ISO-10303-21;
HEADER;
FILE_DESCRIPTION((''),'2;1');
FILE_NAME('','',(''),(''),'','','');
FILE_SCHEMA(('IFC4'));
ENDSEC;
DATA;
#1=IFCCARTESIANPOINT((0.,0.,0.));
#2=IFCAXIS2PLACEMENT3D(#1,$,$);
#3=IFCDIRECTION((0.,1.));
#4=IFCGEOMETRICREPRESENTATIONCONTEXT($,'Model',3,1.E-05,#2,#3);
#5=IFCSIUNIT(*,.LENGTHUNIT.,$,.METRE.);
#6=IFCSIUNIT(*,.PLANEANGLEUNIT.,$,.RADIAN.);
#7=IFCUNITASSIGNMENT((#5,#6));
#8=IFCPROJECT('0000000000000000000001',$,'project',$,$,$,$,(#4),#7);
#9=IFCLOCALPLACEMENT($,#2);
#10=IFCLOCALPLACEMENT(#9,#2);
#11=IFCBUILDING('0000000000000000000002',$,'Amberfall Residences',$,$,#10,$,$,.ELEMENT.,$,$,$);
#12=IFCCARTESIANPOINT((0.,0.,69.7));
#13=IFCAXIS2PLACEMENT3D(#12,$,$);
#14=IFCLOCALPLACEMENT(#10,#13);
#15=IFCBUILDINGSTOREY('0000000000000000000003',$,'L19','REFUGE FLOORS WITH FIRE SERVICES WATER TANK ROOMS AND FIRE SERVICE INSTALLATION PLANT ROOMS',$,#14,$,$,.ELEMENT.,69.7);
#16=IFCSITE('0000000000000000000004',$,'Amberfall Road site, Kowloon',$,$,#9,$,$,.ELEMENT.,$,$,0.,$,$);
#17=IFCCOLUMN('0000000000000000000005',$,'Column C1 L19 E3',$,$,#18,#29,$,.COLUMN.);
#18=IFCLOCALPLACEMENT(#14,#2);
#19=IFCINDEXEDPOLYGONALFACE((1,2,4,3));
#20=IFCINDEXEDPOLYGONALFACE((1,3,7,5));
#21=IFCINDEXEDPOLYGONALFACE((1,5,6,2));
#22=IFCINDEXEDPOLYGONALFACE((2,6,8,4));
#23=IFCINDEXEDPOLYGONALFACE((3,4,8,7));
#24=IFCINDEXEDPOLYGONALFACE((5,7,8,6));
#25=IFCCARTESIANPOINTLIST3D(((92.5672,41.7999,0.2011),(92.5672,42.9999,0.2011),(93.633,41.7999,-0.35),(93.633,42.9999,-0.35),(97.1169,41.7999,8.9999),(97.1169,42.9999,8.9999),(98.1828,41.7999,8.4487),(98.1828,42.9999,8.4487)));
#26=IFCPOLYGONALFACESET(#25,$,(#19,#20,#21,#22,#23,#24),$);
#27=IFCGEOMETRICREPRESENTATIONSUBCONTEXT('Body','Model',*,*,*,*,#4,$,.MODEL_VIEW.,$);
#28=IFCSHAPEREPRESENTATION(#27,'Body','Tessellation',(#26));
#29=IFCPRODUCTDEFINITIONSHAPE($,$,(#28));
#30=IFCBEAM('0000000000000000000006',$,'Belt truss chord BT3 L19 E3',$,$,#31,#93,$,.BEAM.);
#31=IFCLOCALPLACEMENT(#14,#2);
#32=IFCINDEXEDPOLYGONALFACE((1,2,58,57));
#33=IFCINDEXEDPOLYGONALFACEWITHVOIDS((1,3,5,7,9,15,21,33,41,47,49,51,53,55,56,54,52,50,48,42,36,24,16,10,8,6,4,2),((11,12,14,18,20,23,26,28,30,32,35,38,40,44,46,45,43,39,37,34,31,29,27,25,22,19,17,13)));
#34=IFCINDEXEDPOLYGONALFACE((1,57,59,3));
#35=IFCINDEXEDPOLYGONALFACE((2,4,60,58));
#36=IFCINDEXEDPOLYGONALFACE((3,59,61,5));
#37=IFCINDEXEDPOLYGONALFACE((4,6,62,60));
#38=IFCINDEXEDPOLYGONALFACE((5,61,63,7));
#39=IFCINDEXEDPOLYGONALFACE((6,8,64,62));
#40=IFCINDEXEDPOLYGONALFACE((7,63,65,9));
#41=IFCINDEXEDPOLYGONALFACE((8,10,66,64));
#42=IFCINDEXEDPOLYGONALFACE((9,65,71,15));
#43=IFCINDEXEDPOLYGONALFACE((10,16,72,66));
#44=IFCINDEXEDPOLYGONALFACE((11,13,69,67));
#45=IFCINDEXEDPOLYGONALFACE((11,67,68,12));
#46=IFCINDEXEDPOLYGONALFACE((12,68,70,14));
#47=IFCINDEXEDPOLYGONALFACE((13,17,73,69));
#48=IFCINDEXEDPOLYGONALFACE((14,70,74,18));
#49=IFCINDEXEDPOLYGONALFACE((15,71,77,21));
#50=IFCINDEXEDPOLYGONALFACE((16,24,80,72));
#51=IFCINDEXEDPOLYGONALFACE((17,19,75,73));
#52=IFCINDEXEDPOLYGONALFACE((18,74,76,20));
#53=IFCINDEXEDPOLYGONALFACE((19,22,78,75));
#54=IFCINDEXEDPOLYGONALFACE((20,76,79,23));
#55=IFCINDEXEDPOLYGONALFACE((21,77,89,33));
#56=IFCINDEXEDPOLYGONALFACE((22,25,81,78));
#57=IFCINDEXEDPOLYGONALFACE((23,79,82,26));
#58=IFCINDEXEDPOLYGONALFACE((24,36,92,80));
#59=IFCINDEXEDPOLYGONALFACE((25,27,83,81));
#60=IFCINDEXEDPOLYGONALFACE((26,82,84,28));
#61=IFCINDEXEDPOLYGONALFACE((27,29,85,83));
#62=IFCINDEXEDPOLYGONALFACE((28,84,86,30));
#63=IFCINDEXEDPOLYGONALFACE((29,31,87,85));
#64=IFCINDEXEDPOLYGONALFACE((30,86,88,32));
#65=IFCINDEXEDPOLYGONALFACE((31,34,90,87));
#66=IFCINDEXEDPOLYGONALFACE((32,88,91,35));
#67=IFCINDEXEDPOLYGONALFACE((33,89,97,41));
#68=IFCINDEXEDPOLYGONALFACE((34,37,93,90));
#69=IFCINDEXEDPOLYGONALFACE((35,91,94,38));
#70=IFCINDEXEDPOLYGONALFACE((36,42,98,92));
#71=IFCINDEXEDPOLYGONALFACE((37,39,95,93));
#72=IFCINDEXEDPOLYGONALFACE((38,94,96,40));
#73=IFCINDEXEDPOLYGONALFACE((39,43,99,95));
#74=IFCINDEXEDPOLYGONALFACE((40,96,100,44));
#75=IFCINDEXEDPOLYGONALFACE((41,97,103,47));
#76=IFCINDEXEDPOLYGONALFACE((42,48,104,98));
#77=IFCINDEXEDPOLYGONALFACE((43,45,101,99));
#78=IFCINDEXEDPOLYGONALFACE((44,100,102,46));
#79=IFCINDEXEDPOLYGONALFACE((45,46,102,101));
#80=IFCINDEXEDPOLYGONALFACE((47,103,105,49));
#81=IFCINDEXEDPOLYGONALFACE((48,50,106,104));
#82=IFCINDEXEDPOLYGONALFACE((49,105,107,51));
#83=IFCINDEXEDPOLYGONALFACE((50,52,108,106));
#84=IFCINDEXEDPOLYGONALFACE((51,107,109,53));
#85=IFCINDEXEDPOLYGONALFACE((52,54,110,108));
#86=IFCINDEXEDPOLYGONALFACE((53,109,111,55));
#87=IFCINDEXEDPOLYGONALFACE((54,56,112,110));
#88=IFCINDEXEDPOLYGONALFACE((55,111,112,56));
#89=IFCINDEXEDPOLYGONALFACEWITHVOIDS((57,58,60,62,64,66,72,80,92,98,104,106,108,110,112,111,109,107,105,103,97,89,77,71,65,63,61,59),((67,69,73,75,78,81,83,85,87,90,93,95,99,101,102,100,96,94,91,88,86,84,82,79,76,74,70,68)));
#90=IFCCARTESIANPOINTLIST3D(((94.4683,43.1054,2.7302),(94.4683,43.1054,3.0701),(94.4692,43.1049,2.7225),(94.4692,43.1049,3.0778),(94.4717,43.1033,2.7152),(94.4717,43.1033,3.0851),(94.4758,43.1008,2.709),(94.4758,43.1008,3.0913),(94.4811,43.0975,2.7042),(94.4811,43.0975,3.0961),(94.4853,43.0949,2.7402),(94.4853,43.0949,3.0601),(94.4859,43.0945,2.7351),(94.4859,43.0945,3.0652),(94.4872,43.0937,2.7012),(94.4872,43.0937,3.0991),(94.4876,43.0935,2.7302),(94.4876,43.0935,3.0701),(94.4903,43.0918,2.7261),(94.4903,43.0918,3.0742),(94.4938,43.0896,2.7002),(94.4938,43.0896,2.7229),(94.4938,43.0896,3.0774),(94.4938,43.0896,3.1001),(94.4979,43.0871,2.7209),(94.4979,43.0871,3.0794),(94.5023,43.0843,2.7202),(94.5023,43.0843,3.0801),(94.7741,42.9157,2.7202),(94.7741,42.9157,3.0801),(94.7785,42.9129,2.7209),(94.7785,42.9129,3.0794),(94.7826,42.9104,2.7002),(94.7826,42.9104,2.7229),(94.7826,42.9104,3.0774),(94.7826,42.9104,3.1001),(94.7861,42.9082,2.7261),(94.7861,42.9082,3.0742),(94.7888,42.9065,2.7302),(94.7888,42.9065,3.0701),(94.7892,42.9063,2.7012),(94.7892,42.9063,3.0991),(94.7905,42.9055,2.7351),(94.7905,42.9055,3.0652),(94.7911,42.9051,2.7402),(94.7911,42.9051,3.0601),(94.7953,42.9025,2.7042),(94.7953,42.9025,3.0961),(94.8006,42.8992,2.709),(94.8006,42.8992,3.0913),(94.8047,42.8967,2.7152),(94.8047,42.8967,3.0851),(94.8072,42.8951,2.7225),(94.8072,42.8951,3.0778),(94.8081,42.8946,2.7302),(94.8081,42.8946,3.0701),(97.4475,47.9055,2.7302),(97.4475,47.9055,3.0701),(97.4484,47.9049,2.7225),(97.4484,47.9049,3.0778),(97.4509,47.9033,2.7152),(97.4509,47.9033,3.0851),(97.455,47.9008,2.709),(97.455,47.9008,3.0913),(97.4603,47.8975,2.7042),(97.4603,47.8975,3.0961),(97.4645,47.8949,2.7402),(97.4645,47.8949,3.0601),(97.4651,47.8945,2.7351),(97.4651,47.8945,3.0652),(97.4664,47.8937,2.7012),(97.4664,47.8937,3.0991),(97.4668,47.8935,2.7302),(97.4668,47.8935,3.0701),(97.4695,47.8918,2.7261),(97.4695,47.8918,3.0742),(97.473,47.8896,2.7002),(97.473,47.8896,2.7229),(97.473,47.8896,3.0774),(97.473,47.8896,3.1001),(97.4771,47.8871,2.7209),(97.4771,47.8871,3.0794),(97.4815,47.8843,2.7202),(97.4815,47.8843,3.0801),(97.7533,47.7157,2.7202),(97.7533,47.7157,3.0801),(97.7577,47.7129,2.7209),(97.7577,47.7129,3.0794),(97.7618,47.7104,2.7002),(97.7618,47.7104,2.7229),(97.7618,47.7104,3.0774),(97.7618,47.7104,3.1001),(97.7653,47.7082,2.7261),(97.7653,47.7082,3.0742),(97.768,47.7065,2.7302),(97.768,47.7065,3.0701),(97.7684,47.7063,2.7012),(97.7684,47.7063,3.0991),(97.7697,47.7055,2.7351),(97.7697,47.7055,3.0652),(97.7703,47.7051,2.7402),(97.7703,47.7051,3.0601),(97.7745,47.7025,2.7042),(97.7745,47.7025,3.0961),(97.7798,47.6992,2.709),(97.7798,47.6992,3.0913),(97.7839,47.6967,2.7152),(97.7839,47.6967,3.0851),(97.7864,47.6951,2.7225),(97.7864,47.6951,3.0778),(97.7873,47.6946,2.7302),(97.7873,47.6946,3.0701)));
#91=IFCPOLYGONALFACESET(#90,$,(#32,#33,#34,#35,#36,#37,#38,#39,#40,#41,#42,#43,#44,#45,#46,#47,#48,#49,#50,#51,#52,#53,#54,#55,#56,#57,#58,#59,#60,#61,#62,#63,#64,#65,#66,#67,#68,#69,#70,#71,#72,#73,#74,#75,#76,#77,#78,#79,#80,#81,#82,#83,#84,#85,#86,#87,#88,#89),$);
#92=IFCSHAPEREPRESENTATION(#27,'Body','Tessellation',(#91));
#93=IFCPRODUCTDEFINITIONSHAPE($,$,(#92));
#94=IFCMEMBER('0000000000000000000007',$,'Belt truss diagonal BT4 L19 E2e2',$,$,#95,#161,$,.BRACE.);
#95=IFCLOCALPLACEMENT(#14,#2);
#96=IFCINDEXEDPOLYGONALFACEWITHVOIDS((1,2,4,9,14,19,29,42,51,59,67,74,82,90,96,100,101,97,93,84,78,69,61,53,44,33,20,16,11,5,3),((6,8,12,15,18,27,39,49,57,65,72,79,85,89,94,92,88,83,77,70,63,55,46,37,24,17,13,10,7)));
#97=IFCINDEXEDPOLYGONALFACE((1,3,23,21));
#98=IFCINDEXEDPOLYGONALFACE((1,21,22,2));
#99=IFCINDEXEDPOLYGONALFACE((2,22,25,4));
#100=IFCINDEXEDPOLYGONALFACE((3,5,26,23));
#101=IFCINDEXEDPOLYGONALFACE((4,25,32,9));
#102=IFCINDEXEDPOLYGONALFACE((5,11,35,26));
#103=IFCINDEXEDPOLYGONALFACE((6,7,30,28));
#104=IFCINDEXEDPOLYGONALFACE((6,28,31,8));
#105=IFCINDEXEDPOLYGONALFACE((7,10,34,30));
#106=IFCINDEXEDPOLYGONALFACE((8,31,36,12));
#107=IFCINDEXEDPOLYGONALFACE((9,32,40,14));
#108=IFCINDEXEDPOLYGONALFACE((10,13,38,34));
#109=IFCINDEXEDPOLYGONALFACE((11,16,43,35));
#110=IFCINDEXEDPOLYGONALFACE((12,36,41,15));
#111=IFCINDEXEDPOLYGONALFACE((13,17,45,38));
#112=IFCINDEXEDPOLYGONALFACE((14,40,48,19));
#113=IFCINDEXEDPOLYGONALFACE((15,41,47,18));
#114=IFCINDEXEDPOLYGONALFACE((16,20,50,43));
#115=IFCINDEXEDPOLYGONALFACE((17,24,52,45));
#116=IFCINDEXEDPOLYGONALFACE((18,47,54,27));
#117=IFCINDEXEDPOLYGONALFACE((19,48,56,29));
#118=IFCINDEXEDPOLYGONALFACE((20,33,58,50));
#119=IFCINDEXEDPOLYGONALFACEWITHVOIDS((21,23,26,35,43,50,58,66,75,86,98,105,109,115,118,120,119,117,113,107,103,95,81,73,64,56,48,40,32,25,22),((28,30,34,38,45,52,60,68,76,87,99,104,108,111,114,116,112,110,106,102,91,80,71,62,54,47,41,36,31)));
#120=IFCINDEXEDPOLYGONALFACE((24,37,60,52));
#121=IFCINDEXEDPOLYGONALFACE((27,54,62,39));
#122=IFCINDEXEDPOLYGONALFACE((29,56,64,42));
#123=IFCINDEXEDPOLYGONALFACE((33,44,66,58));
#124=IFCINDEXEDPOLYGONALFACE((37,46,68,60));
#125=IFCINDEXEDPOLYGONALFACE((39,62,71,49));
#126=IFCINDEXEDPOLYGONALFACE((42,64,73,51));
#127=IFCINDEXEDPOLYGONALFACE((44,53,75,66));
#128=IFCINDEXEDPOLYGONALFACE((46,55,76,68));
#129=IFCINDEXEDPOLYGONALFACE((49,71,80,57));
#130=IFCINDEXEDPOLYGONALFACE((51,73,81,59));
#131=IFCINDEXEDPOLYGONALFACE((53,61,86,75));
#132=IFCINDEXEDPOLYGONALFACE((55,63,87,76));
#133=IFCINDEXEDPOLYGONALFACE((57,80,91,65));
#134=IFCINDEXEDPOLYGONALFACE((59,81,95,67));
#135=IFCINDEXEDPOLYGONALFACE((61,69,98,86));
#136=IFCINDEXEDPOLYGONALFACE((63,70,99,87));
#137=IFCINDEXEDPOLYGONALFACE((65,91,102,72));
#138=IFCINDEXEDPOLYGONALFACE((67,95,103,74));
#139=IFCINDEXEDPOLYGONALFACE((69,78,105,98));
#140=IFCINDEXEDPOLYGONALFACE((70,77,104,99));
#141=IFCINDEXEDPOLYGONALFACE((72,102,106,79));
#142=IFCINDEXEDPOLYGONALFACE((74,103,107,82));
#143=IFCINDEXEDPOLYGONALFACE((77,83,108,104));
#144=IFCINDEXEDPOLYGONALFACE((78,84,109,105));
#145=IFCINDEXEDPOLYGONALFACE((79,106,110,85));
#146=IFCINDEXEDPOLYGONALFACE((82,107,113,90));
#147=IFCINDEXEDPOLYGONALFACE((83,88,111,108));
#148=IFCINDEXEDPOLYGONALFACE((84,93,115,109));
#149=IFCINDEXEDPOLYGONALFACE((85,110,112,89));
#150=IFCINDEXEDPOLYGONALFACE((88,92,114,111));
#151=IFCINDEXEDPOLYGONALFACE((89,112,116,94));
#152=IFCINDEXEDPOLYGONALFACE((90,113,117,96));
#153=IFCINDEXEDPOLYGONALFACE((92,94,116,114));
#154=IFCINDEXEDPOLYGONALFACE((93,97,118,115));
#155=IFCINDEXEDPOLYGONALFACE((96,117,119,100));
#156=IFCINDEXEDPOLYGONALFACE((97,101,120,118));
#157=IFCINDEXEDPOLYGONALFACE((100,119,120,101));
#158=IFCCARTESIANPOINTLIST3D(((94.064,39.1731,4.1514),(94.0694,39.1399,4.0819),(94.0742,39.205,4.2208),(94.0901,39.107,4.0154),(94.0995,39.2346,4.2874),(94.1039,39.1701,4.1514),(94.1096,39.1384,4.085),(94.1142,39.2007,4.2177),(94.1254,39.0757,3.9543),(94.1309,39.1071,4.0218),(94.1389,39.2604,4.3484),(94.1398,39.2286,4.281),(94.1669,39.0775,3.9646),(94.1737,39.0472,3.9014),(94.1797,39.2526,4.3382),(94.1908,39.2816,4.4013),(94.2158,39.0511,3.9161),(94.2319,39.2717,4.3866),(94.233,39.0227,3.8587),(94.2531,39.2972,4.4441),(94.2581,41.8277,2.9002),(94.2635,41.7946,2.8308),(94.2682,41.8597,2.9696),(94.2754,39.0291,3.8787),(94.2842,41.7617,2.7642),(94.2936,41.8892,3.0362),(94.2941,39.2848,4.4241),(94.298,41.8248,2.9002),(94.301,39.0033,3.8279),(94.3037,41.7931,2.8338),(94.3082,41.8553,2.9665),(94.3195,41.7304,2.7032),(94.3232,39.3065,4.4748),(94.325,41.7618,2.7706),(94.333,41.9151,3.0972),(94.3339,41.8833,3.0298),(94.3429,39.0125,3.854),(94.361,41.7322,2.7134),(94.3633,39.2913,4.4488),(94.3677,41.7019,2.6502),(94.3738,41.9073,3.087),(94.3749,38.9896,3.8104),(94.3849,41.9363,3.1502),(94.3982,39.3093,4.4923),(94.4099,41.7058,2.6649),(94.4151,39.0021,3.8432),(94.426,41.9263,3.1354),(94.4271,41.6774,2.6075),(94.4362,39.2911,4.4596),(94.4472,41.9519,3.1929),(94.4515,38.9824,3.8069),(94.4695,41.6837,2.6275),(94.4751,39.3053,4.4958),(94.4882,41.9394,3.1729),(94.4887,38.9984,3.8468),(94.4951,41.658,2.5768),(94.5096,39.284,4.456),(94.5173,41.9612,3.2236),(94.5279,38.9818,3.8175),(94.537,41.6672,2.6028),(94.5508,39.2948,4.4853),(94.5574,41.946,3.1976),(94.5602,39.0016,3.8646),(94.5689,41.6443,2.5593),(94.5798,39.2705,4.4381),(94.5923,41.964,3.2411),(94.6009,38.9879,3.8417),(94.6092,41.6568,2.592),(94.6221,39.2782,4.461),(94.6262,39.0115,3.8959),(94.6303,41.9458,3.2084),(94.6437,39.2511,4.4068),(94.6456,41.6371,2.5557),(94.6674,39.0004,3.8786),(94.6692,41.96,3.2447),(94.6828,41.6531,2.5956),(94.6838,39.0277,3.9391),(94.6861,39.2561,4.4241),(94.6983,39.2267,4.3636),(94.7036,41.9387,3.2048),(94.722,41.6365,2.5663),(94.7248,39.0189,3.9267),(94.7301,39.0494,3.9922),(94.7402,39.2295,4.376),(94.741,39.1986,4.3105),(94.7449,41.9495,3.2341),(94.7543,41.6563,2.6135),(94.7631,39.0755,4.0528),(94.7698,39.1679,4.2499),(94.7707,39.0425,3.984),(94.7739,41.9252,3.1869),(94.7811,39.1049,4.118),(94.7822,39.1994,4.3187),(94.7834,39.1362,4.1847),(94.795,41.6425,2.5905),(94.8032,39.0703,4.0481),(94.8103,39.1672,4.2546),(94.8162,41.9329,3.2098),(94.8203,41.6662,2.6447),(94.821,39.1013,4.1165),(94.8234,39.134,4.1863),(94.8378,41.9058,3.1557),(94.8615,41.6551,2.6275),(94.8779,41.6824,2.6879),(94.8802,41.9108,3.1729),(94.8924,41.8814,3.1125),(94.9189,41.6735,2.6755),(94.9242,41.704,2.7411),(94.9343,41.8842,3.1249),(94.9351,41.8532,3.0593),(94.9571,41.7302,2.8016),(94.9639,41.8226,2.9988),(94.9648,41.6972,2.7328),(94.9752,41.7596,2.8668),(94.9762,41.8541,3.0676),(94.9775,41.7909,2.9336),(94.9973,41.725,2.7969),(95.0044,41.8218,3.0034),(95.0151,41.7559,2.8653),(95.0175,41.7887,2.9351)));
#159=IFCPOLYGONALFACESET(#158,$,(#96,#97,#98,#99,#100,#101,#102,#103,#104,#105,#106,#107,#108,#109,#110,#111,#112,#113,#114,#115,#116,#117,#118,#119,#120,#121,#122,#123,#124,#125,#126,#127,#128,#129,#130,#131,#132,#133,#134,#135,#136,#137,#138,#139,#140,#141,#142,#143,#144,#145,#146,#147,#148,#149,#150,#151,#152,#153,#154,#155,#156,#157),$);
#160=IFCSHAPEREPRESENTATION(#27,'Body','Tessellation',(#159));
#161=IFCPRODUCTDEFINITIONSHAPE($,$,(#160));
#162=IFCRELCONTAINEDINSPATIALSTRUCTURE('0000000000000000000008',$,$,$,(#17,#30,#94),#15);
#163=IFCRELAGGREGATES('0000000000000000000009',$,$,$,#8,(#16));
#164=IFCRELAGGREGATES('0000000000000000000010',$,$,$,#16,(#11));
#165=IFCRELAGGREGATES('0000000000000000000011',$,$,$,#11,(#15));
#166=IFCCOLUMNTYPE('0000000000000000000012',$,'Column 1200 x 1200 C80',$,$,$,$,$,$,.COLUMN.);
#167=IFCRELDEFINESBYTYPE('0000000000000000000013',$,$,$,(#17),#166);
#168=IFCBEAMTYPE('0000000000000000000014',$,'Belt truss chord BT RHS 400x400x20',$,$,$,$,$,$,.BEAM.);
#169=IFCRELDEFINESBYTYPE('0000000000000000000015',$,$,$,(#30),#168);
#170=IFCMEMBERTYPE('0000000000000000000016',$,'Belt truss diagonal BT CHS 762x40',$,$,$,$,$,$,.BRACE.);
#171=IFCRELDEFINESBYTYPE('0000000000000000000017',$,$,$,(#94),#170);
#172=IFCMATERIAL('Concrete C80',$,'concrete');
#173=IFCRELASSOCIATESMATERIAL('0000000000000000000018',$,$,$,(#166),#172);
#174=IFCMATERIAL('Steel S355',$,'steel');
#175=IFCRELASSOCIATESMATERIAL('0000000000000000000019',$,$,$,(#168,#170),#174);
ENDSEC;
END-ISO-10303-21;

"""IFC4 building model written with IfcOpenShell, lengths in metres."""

from ifc_helpers import new_model, si_unit, direction, frame, origin, origin_2d, place, context, subcontext, project, spatial, rectangle, hollow_rectangle, hollow_circle, extrude, material, material_profile, profile_set, type_object, element, save


model = new_model("IFC4")

# Units and contexts
model_context = context("Model", 3, precision=1e-05, world=origin(), true_north=direction((0.0, 1.0)))
body_context = subcontext(model_context, "Body", "Model", "MODEL_VIEW")
ifc_project = project(units=[si_unit("LENGTHUNIT", "METRE"), si_unit("PLANEANGLEUNIT", "RADIAN")], contexts=[model_context])

# Site, building, storey
site_placement = place(None, origin())
site = spatial("IfcSite", under=ifc_project, at=site_placement, Name="Amberfall Road site, Kowloon", CompositionType="ELEMENT", RefElevation=0.0)
building_placement = place(site_placement, origin())
building = spatial("IfcBuilding", under=site, at=building_placement, Name="Amberfall Residences", CompositionType="ELEMENT")
storey_placement = place(building_placement, frame((0.0, 0.0, 69.7)))
storey = spatial("IfcBuildingStorey", under=building, at=storey_placement, Name="L19", Description="REFUGE FLOORS WITH FIRE SERVICES WATER TANK ROOMS AND FIRE SERVICE INSTALLATION PLANT ROOMS", CompositionType="ELEMENT", Elevation=69.7)

# Column
ifc_material_1 = material(Name="Concrete C80", Category="concrete")
ifc_material_profile_1 = material_profile(ifc_material_1, rectangle(XDim=1.2, YDim=1.2, at=origin_2d()), Name="Column 1200 x 1200 C80")
ifc_profile_set_1 = profile_set([ifc_material_profile_1], Name="Concrete C80")
column_type = type_object("IfcColumnType", Name="Column 1200 x 1200 C80", PredefinedType="COLUMN", material=ifc_profile_set_1)
column_placement = place(storey_placement, frame((93.1001, 42.3999, -0.0745), z_axis=(0.459318, 0.0, 0.888272), x_axis=(0.0, 1.0, 0.0)))
element("IfcColumn", 1, at=column_placement, inside=storey, type_object=column_type, Name="Column C1 L19 E3", PredefinedType="COLUMN", context=body_context, shape_type="SweptSolid", body=[
    extrude(rectangle(XDim=1.2, YDim=1.2, at=origin_2d()), origin(), (0.0, 0.0, 1.0), 9.9055),
])

# Beam
ifc_material_2 = material(Name="Steel S355", Category="steel")
ifc_material_profile_2 = material_profile(ifc_material_2, hollow_rectangle(XDim=0.3999, YDim=0.3999, WallThickness=0.02, InnerFilletRadius=0.02, OuterFilletRadius=0.03, at=origin_2d()), Name="RHS 400x400x20")
ifc_profile_set_2 = profile_set([ifc_material_profile_2], Name="Steel S355")
beam_type_1 = type_object("IfcBeamType", Name="Belt truss chord BT RHS 400x400x20", PredefinedType="BEAM", material=ifc_profile_set_2)
beam_1_placement = place(storey_placement, frame((94.6382, 43.0, 2.9001), z_axis=(0.527351, 0.849648, 0.0), x_axis=(-0.849648, 0.527351, 0.0)))
element("IfcBeam", 2, at=beam_1_placement, inside=storey, type_object=beam_type_1, Name="Belt truss chord BT3 L19 E3", PredefinedType="BEAM", context=body_context, shape_type="SweptSolid", body=[
    extrude(hollow_rectangle(XDim=0.3999, YDim=0.3999, WallThickness=0.02, InnerFilletRadius=0.02, OuterFilletRadius=0.03, at=origin_2d()), origin(), (0.0, 0.0, 1.0), 5.6494),
])

# Member
ifc_material_profile_3 = material_profile(ifc_material_2, hollow_circle(Radius=0.3811, WallThickness=0.04, at=origin_2d()), Name="CHS 762x40")
ifc_profile_set_3 = profile_set([ifc_material_profile_3], Name="Steel S355")
member_type_1 = type_object("IfcMemberType", Name="Belt truss diagonal BT CHS 762x40", PredefinedType="BRACE", material=ifc_profile_set_3)
member_1_placement = place(storey_placement, frame((94.4441, 39.1453, 4.1514), z_axis=(0.065989, 0.902596, -0.425401), x_axis=(-0.997338, 0.072916, 0.0)))
element("IfcMember", 3, at=member_1_placement, inside=storey, type_object=member_type_1, Name="Belt truss diagonal BT4 L19 E2e2", PredefinedType="BRACE", context=body_context, shape_type="SweptSolid", body=[
    extrude(hollow_circle(Radius=0.3811, WallThickness=0.04, at=origin_2d()), origin(), (0.0, 0.0, 1.0), 2.9412),
])

save(model, "model.ifc")
